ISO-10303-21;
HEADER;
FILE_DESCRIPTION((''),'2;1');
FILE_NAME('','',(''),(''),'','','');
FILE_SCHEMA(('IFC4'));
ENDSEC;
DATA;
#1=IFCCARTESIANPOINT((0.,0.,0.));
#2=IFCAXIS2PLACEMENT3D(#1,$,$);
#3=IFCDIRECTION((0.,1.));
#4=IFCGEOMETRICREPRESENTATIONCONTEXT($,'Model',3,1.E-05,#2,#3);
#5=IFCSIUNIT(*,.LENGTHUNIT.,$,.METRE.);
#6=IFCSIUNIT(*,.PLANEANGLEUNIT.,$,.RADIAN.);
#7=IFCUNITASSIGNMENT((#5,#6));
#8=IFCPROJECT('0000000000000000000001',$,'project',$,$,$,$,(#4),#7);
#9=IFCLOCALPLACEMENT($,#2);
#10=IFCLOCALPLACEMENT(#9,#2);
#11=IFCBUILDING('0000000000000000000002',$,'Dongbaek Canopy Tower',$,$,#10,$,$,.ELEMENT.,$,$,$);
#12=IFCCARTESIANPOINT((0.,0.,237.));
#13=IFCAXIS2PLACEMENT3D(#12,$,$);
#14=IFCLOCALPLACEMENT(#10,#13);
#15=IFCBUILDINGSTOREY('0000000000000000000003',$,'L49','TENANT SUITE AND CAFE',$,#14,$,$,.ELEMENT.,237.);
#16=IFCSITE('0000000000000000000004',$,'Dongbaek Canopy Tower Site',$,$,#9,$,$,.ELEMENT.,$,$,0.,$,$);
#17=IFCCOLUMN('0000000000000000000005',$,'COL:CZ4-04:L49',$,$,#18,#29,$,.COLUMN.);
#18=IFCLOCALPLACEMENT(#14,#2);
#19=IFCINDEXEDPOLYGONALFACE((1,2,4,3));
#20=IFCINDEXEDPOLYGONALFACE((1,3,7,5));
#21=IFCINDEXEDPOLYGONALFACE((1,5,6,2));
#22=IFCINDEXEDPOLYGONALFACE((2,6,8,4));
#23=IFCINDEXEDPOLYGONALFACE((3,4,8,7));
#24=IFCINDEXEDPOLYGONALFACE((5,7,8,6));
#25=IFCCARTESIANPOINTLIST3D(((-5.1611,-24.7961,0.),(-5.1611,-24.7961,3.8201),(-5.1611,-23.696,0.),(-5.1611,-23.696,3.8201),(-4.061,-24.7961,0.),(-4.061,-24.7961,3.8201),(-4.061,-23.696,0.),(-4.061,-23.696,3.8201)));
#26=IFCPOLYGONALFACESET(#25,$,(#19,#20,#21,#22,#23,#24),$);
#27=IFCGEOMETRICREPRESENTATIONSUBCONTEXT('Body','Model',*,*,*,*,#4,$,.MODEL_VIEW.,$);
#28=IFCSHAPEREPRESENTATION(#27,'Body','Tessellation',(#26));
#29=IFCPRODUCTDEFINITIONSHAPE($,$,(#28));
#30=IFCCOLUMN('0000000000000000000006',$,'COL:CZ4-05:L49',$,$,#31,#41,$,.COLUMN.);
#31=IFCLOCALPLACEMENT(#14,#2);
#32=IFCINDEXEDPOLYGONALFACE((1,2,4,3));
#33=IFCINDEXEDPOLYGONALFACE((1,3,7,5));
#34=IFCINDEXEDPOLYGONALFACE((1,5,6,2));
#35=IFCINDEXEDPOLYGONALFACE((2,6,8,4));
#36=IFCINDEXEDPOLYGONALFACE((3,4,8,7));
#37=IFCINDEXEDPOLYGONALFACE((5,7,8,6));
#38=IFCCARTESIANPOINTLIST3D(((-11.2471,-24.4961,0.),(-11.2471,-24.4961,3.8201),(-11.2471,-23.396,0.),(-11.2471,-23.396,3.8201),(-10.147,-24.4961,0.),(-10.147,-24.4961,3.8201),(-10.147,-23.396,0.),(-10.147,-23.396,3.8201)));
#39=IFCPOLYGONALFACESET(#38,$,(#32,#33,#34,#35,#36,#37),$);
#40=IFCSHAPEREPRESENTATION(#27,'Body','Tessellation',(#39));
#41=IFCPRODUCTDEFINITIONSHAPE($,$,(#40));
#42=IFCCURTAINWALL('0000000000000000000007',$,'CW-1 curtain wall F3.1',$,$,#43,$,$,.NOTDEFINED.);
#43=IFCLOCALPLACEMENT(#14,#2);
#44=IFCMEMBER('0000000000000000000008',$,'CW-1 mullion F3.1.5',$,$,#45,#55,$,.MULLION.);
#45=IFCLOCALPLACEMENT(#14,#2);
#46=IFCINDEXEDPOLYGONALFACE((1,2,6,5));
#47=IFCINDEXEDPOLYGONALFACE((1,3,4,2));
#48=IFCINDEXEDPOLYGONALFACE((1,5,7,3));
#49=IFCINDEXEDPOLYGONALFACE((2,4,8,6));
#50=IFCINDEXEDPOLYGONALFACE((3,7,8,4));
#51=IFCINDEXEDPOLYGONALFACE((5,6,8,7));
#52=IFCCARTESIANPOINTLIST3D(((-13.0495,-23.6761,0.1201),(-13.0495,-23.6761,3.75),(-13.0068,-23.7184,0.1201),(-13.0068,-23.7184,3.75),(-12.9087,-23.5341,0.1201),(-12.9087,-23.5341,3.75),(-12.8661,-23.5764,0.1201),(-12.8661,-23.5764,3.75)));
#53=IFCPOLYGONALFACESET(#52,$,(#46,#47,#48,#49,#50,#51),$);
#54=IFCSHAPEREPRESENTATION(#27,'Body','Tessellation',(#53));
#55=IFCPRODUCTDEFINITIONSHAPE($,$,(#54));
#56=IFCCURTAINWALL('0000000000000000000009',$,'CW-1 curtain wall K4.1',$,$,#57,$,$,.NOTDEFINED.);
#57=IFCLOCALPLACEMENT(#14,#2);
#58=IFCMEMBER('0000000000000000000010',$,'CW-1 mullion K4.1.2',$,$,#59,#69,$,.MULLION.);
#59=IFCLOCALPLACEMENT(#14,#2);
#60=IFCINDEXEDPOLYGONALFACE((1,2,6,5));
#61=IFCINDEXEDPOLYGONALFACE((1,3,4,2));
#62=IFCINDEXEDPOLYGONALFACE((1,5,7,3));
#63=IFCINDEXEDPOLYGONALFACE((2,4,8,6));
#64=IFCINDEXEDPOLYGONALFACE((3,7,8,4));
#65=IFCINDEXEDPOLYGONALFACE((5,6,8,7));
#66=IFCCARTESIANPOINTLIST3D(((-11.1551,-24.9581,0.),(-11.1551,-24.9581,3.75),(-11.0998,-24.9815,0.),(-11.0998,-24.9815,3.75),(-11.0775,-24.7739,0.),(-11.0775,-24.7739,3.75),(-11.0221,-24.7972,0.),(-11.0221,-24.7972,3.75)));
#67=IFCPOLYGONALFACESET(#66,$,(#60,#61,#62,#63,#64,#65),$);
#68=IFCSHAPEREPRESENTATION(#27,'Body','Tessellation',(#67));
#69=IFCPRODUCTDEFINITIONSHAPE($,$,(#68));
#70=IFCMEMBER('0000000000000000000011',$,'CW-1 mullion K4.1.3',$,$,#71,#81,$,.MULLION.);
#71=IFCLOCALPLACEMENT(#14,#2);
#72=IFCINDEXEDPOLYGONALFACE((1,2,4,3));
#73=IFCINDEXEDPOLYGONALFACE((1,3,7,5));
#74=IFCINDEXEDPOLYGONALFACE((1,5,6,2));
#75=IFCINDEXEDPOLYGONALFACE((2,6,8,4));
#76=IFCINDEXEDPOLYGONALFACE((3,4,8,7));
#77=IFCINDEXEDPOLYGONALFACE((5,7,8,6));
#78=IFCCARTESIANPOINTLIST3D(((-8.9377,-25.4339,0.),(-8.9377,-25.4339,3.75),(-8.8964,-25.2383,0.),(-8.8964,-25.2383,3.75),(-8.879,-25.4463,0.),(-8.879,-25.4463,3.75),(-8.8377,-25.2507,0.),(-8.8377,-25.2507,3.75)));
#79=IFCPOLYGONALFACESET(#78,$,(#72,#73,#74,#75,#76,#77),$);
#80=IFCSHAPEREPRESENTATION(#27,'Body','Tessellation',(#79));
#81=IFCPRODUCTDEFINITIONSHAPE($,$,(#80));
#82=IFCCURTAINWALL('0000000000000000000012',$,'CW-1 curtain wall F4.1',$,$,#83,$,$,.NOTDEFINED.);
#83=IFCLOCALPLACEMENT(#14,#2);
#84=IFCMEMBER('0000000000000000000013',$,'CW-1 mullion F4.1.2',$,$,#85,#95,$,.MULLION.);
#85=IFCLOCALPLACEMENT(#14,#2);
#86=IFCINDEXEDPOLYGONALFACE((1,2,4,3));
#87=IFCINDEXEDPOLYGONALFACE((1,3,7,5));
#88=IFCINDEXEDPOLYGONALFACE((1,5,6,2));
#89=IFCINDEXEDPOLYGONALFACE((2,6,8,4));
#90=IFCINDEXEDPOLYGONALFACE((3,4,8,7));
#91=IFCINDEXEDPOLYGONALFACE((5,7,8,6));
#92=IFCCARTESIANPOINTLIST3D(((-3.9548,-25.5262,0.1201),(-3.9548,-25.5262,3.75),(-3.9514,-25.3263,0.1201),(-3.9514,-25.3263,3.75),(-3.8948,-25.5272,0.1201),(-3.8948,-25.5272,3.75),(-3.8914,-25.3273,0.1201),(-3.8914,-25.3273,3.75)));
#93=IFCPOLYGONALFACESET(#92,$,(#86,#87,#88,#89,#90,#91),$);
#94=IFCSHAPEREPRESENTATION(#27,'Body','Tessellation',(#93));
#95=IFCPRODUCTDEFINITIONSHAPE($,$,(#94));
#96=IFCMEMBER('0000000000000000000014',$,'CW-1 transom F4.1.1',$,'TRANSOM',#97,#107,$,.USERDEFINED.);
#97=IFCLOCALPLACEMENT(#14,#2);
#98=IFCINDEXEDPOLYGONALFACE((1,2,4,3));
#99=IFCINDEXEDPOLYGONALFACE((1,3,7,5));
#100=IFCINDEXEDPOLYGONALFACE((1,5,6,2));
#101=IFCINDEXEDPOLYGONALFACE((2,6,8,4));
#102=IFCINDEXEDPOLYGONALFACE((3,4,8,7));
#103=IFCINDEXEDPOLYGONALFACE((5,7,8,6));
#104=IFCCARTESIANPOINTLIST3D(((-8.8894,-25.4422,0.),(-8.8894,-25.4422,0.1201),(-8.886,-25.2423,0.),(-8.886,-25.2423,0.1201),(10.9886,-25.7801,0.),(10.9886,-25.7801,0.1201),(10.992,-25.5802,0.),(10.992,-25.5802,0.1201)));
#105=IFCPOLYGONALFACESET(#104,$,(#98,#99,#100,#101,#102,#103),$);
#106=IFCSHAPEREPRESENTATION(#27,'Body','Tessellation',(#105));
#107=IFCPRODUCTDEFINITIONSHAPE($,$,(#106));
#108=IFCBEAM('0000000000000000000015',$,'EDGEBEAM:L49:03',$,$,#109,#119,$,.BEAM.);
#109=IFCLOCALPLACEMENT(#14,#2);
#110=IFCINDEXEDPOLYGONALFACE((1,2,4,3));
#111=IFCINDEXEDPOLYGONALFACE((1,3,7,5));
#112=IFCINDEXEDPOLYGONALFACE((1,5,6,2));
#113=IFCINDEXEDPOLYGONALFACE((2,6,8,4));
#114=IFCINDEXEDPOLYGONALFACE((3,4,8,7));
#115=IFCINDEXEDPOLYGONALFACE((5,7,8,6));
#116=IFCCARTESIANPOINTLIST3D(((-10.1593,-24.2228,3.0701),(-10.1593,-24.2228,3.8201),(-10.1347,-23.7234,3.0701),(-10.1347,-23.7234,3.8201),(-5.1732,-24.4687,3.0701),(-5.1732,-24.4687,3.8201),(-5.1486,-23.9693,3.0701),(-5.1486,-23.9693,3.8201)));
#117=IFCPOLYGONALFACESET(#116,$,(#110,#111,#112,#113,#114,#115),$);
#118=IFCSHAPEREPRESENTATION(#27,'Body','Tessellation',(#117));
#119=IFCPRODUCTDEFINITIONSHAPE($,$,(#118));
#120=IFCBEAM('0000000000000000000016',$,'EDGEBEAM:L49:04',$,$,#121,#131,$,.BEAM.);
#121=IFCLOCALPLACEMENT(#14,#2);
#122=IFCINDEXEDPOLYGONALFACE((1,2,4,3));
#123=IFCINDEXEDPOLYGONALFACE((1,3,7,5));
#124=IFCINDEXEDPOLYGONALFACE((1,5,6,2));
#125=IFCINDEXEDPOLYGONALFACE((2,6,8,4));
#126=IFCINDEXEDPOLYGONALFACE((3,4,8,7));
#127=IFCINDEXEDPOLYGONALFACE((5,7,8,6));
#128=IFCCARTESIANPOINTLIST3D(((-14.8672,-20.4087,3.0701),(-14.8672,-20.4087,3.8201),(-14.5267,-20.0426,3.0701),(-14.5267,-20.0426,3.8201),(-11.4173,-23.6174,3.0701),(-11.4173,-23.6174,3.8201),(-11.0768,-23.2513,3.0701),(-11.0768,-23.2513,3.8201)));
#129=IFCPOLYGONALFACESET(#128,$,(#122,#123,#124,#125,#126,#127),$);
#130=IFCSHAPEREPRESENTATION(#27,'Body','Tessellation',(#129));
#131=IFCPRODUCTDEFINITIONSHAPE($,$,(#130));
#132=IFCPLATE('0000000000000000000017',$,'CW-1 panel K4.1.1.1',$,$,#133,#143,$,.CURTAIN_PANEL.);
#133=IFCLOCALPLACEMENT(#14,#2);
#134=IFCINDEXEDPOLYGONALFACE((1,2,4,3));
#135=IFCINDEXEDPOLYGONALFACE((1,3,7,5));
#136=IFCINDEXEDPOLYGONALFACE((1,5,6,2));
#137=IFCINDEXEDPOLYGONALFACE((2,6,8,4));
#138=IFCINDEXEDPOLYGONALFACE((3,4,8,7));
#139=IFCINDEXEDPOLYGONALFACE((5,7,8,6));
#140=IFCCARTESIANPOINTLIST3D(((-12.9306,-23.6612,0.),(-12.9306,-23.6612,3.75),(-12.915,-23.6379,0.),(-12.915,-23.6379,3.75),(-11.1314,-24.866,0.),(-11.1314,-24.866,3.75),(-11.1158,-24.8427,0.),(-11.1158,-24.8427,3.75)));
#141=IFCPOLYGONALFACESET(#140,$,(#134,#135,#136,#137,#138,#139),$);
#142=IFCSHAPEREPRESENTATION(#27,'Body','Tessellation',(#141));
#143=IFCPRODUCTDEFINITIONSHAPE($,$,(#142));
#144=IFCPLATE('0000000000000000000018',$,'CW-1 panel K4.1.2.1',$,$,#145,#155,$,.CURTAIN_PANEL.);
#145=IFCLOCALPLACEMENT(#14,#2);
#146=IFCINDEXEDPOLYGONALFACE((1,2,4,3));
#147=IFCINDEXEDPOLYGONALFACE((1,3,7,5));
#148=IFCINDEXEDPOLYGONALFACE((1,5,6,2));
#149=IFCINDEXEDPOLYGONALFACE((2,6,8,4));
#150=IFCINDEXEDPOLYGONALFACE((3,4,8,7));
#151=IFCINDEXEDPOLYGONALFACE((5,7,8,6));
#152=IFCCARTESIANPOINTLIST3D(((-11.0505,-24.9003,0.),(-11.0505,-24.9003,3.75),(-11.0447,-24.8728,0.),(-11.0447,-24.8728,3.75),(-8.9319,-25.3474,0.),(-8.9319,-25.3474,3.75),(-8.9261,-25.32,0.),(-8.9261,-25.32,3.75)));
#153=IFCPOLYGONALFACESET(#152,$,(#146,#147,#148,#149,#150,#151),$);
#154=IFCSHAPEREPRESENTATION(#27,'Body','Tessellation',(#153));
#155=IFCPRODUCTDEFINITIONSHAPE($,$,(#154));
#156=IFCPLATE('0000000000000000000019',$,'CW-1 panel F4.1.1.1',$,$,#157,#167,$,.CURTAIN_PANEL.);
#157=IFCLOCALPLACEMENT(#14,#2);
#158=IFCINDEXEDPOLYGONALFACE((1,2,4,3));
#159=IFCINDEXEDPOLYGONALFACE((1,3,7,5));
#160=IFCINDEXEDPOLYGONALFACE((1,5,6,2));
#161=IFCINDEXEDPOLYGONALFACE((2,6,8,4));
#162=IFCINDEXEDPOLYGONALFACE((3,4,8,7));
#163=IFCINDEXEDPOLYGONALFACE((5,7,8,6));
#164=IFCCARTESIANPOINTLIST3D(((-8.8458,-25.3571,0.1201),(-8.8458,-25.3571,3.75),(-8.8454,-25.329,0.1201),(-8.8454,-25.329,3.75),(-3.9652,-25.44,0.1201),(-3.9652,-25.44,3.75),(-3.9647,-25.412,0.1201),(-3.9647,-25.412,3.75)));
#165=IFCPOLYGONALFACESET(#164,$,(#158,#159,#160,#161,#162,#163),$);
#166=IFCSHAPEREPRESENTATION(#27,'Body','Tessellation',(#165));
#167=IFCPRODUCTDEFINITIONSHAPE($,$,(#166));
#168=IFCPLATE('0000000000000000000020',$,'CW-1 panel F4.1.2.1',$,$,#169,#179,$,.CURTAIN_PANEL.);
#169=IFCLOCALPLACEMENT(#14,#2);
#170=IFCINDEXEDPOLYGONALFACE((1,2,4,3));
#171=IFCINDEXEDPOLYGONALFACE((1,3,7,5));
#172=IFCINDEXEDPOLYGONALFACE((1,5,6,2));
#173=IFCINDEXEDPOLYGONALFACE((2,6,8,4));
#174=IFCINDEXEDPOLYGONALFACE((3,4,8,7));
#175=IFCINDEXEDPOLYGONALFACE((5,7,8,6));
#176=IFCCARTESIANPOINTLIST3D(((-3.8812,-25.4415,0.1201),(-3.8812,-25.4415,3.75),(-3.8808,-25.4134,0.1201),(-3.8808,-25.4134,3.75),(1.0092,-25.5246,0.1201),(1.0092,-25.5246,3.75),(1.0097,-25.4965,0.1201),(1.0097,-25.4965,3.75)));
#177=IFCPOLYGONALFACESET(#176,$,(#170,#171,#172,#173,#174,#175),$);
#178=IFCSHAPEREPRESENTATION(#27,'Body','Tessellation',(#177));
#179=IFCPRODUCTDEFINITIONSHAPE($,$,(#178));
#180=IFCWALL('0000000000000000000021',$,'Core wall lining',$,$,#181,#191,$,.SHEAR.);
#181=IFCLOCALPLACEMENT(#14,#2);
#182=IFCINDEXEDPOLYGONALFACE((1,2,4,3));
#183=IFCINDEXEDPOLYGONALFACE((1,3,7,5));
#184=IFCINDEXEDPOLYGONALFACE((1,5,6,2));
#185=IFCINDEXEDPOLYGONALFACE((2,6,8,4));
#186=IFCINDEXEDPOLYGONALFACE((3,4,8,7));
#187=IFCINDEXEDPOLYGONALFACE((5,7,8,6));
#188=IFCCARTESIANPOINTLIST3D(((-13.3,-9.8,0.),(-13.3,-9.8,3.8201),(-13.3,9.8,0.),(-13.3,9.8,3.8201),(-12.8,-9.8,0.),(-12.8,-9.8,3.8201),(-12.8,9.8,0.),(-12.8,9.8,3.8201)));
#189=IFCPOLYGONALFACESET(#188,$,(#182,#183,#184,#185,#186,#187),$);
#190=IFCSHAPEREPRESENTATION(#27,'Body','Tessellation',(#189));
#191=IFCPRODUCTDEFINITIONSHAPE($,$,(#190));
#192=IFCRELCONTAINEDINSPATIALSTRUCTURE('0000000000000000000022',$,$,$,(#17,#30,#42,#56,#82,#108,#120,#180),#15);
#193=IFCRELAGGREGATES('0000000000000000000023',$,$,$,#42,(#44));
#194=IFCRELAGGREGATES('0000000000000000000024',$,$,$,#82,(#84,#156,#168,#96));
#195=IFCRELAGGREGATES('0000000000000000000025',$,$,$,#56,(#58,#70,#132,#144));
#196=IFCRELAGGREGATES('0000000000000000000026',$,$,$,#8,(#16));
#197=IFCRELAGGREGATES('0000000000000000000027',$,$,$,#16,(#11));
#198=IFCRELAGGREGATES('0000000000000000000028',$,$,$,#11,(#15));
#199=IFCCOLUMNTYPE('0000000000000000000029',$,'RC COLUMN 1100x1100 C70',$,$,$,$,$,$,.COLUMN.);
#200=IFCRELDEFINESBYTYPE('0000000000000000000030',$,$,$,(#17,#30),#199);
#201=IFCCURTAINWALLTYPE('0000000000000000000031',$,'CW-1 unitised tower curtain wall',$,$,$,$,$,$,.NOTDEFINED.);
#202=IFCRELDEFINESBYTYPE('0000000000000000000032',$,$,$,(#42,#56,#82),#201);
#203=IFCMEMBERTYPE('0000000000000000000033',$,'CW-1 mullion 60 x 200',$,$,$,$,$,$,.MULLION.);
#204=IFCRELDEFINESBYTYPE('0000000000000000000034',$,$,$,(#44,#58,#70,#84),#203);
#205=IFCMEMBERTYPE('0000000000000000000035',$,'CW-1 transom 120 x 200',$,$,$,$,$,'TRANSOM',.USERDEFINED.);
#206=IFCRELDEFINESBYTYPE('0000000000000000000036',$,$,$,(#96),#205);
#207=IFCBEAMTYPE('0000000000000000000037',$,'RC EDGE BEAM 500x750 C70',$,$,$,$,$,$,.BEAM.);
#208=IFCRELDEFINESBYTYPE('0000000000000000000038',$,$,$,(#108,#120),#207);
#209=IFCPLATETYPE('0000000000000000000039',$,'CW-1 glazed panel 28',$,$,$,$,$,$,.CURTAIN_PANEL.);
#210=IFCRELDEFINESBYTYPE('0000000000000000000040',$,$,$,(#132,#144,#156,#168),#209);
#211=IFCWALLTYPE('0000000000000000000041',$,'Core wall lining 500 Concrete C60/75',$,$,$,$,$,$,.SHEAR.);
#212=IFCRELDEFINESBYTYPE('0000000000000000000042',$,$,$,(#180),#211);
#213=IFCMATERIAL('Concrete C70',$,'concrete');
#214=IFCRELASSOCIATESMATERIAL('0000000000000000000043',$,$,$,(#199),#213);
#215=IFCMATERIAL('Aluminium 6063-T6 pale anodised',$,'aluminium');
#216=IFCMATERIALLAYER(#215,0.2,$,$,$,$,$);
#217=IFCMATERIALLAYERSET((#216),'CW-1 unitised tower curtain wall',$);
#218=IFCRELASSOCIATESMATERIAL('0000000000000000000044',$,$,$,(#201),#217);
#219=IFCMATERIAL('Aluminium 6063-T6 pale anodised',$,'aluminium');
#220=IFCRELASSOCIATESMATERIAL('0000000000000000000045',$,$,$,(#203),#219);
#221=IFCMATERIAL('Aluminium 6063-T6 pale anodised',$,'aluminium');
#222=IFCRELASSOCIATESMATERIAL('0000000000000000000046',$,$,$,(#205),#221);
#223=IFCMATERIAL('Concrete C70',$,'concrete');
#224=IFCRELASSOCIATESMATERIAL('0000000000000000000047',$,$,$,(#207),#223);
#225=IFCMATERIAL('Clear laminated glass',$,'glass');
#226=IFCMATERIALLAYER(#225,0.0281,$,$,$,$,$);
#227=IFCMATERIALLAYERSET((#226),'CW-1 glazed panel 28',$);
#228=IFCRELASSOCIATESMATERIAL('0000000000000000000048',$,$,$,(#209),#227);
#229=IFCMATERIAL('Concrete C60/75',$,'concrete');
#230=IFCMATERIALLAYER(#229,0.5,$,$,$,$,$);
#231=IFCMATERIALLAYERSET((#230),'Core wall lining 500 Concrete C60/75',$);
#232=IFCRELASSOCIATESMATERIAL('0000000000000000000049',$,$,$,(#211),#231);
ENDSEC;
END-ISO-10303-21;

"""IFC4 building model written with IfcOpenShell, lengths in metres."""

from ifc_helpers import new_model, si_unit, direction, frame, frame_2d, origin, origin_2d, place, context, subcontext, project, spatial, rectangle, extrude, material, layer, layer_set, material_profile, profile_set, type_object, element, aggregate, save


model = new_model("IFC4")

# Units and contexts
model_context = context("Model", 3, precision=1e-05, world=origin(), true_north=direction((0.0, 1.0)))
body_context = subcontext(model_context, "Body", "Model", "MODEL_VIEW")
ifc_project = project(units=[si_unit("LENGTHUNIT", "METRE"), si_unit("PLANEANGLEUNIT", "RADIAN")], contexts=[model_context])

# Site, building, storey
site_placement = place(None, origin())
site = spatial("IfcSite", under=ifc_project, at=site_placement, Name="Dongbaek Canopy Tower Site", CompositionType="ELEMENT", RefElevation=0.0)
building_placement = place(site_placement, origin())
building = spatial("IfcBuilding", under=site, at=building_placement, Name="Dongbaek Canopy Tower", CompositionType="ELEMENT")
storey_placement = place(building_placement, frame((0.0, 0.0, 237.0)))
storey = spatial("IfcBuildingStorey", under=building, at=storey_placement, Name="L49", Description="TENANT SUITE AND CAFE", CompositionType="ELEMENT", Elevation=237.0)

# Columns
ifc_material_1 = material(Name="Concrete C70", Category="concrete")
ifc_material_profile_1 = material_profile(ifc_material_1, rectangle(XDim=1.1001, YDim=1.1001, at=origin_2d()), Name="RC COLUMN 1100x1100 C70")
ifc_profile_set_1 = profile_set([ifc_material_profile_1], Name="Concrete C70")
column_type = type_object("IfcColumnType", Name="RC COLUMN 1100x1100 C70", PredefinedType="COLUMN", material=ifc_profile_set_1)
for number, where, z_axis, x_axis, name in (
    (1, (-4.6111, -24.2461, 0.0), (0.0, 0.0, 1.0), (1.0, 0.0, 0.0), "COL:CZ4-04:L49"),
    (2, (-10.697, -23.946, 0.0), (0.0, 0.0, 1.0), (1.0, 0.0, 0.0), "COL:CZ4-05:L49"),
):
    element("IfcColumn", number, at=place(storey_placement, frame(where, z_axis=z_axis, x_axis=x_axis)), inside=storey, type_object=column_type, Name=name, PredefinedType="COLUMN", context=body_context, shape_type="SweptSolid", body=[
        extrude(rectangle(XDim=1.1001, YDim=1.1001, at=origin_2d()), origin(), (0.0, 0.0, 1.0), 3.8201),
    ])

# Curtain wall, member
ifc_material_2 = material(Name="Aluminium 6063-T6 pale anodised", Category="aluminium")
ifc_layer_1 = layer(ifc_material_2, 0.2)
ifc_layer_set_1 = layer_set([ifc_layer_1], Name="CW-1 unitised tower curtain wall")
curtain_wall_type = type_object("IfcCurtainWallType", Name="CW-1 unitised tower curtain wall", PredefinedType="NOTDEFINED", material=ifc_layer_set_1)
curtain_wall_1_placement = place(storey_placement, origin())
curtain_wall_1 = element("IfcCurtainWall", 3, at=curtain_wall_1_placement, inside=storey, type_object=curtain_wall_type, Name="CW-1 curtain wall F3.1", PredefinedType="NOTDEFINED")
ifc_material_3 = material(Name="Aluminium 6063-T6 pale anodised", Category="aluminium")
ifc_material_profile_2 = material_profile(ifc_material_3, rectangle(XDim=0.2, YDim=0.0601, at=origin_2d()), Name="CW-1 mullion 60 x 200")
ifc_profile_set_2 = profile_set([ifc_material_profile_2], Name="Aluminium 6063-T6 pale anodised")
member_type_1 = type_object("IfcMemberType", Name="CW-1 mullion 60 x 200", PredefinedType="MULLION", material=ifc_profile_set_2)
member_1_placement = place(storey_placement, frame((-12.9578, -23.6262, 0.1201), z_axis=(0.0, 0.0, 1.0), x_axis=(-0.704038, -0.710162, 0.0)))
member_1 = element("IfcMember", 4, at=member_1_placement, type_object=member_type_1, Name="CW-1 mullion F3.1.5", PredefinedType="MULLION", context=body_context, shape_type="SweptSolid", body=[
    extrude(rectangle(XDim=0.2, YDim=0.0601, at=origin_2d()), origin(), (0.0, 0.0, 1.0), 3.6299),
])
aggregate(curtain_wall_1, [member_1])

# Curtain walls, members
curtain_wall_2_placement = place(storey_placement, origin())
curtain_wall_2 = element("IfcCurtainWall", 5, at=curtain_wall_2_placement, inside=storey, type_object=curtain_wall_type, Name="CW-1 curtain wall K4.1", PredefinedType="NOTDEFINED")
member_2_placement = place(storey_placement, frame((-11.0886, -24.8777, 0.0), z_axis=(0.0, 0.0, 1.0), x_axis=(-0.388525, -0.921438, 0.0)))
member_2 = element("IfcMember", 6, at=member_2_placement, type_object=member_type_1, Name="CW-1 mullion K4.1.2", PredefinedType="MULLION", context=body_context, shape_type="SweptSolid", body=[
    extrude(rectangle(XDim=0.2, YDim=0.0601, at=origin_2d()), origin(), (0.0, 0.0, 1.0), 3.75),
])
member_3_placement = place(storey_placement, frame((-8.8877, -25.3423, 0.0), z_axis=(0.0, 0.0, 1.0), x_axis=(-0.206516, -0.978443, 0.0)))
member_3 = element("IfcMember", 7, at=member_3_placement, type_object=member_type_1, Name="CW-1 mullion K4.1.3", PredefinedType="MULLION", context=body_context, shape_type="SweptSolid", body=[
    extrude(rectangle(XDim=0.2, YDim=0.0601, at=origin_2d()), origin(), (0.0, 0.0, 1.0), 3.75),
])
curtain_wall_3_placement = place(storey_placement, origin())
curtain_wall_3 = element("IfcCurtainWall", 8, at=curtain_wall_3_placement, inside=storey, type_object=curtain_wall_type, Name="CW-1 curtain wall F4.1", PredefinedType="NOTDEFINED")
member_4_placement = place(storey_placement, frame((-3.9231, -25.4268, 0.1201), z_axis=(0.0, 0.0, 1.0), x_axis=(-0.016993, -0.999856, 0.0)))
member_4 = element("IfcMember", 9, at=member_4_placement, type_object=member_type_1, Name="CW-1 mullion F4.1.2", PredefinedType="MULLION", context=body_context, shape_type="SweptSolid", body=[
    extrude(rectangle(XDim=0.2, YDim=0.0601, at=origin_2d()), origin(), (0.0, 0.0, 1.0), 3.6299),
])
ifc_material_4 = material(Name="Aluminium 6063-T6 pale anodised", Category="aluminium")
ifc_material_profile_3 = material_profile(ifc_material_4, rectangle(XDim=0.2, YDim=0.1201, at=origin_2d()), Name="CW-1 transom 120 x 200")
ifc_profile_set_3 = profile_set([ifc_material_profile_3], Name="Aluminium 6063-T6 pale anodised")
member_type_2 = type_object("IfcMemberType", Name="CW-1 transom 120 x 200", ElementType="TRANSOM", PredefinedType="USERDEFINED", material=ifc_profile_set_3)
member_5_placement = place(storey_placement, frame((-8.8877, -25.3423, 0.0601), z_axis=(0.999856, -0.016996, 0.0), x_axis=(0.016996, 0.999856, 0.0)))
member_5 = element("IfcMember", 10, at=member_5_placement, type_object=member_type_2, Name="CW-1 transom F4.1.1", ObjectType="TRANSOM", PredefinedType="USERDEFINED", context=body_context, shape_type="SweptSolid", body=[
    extrude(rectangle(XDim=0.2, YDim=0.1201, at=origin_2d()), origin(), (0.0, 0.0, 1.0), 19.8809),
])

# Beams
ifc_material_5 = material(Name="Concrete C70", Category="concrete")
ifc_material_profile_4 = material_profile(ifc_material_5, rectangle(XDim=0.5, YDim=0.75, at=origin_2d()), Name="RC EDGE BEAM 500x750 C70")
ifc_profile_set_4 = profile_set([ifc_material_profile_4], Name="Concrete C70")
beam_type = type_object("IfcBeamType", Name="RC EDGE BEAM 500x750 C70", PredefinedType="BEAM", material=ifc_profile_set_4)
beam_1_placement = place(storey_placement, frame((-5.1609, -24.219, 3.4451), z_axis=(-0.998787, 0.049247, 0.0), x_axis=(-0.049247, -0.998787, 0.0)))
element("IfcBeam", 11, at=beam_1_placement, inside=storey, type_object=beam_type, Name="EDGEBEAM:L49:03", PredefinedType="BEAM", context=body_context, shape_type="SweptSolid", body=[
    extrude(rectangle(XDim=0.5, YDim=0.75, at=origin_2d()), origin(), (0.0, 0.0, 1.0), 4.9922),
])
beam_2_placement = place(storey_placement, frame((-11.2471, -23.4343, 3.4451), z_axis=(-0.732241, 0.681045, 0.0), x_axis=(-0.681045, -0.732241, 0.0)))
element("IfcBeam", 12, at=beam_2_placement, inside=storey, type_object=beam_type, Name="EDGEBEAM:L49:04", PredefinedType="BEAM", context=body_context, shape_type="SweptSolid", body=[
    extrude(rectangle(XDim=0.5, YDim=0.75, at=origin_2d()), origin(), (0.0, 0.0, 1.0), 4.7114),
])

# Plates
ifc_material_6 = material(Name="Clear laminated glass", Category="glass")
ifc_layer_2 = layer(ifc_material_6, 0.0281)
ifc_layer_set_2 = layer_set([ifc_layer_2], Name="CW-1 glazed panel 28")
plate_type = type_object("IfcPlateType", Name="CW-1 glazed panel 28", PredefinedType="CURTAIN_PANEL", material=ifc_layer_set_2)
plate_1_placement = place(storey_placement, frame((-12.0232, -24.252, 0.0), z_axis=(0.0, 0.0, 1.0), x_axis=(0.830913, -0.556402, 0.0)))
plate_1 = element("IfcPlate", 13, at=plate_1_placement, type_object=plate_type, Name="CW-1 panel K4.1.1.1", PredefinedType="CURTAIN_PANEL", context=body_context, shape_type="SweptSolid", body=[
    extrude(rectangle(XDim=2.1653, YDim=0.0281, at=origin_2d()), origin(), (0.0, 0.0, 1.0), 3.75),
])
plate_2_placement = place(storey_placement, frame((-9.9883, -25.1101, 0.0), z_axis=(0.0, 0.0, 1.0), x_axis=(0.978443, -0.206516, 0.0)))
plate_2 = element("IfcPlate", 14, at=plate_2_placement, type_object=plate_type, Name="CW-1 panel K4.1.2.1", PredefinedType="CURTAIN_PANEL", context=body_context, shape_type="SweptSolid", body=[
    extrude(rectangle(XDim=2.1653, YDim=0.0281, at=origin_2d()), origin(), (0.0, 0.0, 1.0), 3.75),
])
plate_3_placement = place(storey_placement, frame((-6.4053, -25.3845, 0.1201), z_axis=(0.0, 0.0, 1.0), x_axis=(0.999856, -0.016993, 0.0)))
plate_3 = element("IfcPlate", 15, at=plate_3_placement, type_object=plate_type, Name="CW-1 panel F4.1.1.1", PredefinedType="CURTAIN_PANEL", context=body_context, shape_type="SweptSolid", body=[
    extrude(rectangle(XDim=4.8813, YDim=0.0281, at=origin_2d()), origin(), (0.0, 0.0, 1.0), 3.6299),
])
plate_4_placement = place(storey_placement, frame((-1.4358, -25.469, 0.1201), z_axis=(0.0, 0.0, 1.0), x_axis=(0.999856, -0.016993, 0.0)))
plate_4 = element("IfcPlate", 16, at=plate_4_placement, type_object=plate_type, Name="CW-1 panel F4.1.2.1", PredefinedType="CURTAIN_PANEL", context=body_context, shape_type="SweptSolid", body=[
    extrude(rectangle(XDim=4.8911, YDim=0.0281, at=origin_2d()), origin(), (0.0, 0.0, 1.0), 3.6299),
])
aggregate(curtain_wall_3, [member_4, plate_3, plate_4, member_5])

# Wall
ifc_material_7 = material(Name="Concrete C60/75", Category="concrete")
ifc_layer_3 = layer(ifc_material_7, 0.5)
ifc_layer_set_3 = layer_set([ifc_layer_3], Name="Core wall lining 500 Concrete C60/75")
wall_type_1 = type_object("IfcWallType", Name="Core wall lining 500 Concrete C60/75", PredefinedType="SHEAR", material=ifc_layer_set_3)
wall_1_placement = place(storey_placement, frame((-13.05, -9.8, 0.0), z_axis=(0.0, 0.0, 1.0), x_axis=(0.0, 1.0, 0.0)))
element("IfcWall", 17, at=wall_1_placement, inside=storey, type_object=wall_type_1, Name="Core wall lining", PredefinedType="SHEAR", context=body_context, shape_type="SweptSolid", body=[
    extrude(rectangle(XDim=19.6001, YDim=0.5, at=frame_2d((9.8, 0.0))), origin(), (0.0, 0.0, 1.0), 3.8201),
])

aggregate(curtain_wall_2, [member_2, member_3, plate_1, plate_2])

save(model, "model.ifc")
